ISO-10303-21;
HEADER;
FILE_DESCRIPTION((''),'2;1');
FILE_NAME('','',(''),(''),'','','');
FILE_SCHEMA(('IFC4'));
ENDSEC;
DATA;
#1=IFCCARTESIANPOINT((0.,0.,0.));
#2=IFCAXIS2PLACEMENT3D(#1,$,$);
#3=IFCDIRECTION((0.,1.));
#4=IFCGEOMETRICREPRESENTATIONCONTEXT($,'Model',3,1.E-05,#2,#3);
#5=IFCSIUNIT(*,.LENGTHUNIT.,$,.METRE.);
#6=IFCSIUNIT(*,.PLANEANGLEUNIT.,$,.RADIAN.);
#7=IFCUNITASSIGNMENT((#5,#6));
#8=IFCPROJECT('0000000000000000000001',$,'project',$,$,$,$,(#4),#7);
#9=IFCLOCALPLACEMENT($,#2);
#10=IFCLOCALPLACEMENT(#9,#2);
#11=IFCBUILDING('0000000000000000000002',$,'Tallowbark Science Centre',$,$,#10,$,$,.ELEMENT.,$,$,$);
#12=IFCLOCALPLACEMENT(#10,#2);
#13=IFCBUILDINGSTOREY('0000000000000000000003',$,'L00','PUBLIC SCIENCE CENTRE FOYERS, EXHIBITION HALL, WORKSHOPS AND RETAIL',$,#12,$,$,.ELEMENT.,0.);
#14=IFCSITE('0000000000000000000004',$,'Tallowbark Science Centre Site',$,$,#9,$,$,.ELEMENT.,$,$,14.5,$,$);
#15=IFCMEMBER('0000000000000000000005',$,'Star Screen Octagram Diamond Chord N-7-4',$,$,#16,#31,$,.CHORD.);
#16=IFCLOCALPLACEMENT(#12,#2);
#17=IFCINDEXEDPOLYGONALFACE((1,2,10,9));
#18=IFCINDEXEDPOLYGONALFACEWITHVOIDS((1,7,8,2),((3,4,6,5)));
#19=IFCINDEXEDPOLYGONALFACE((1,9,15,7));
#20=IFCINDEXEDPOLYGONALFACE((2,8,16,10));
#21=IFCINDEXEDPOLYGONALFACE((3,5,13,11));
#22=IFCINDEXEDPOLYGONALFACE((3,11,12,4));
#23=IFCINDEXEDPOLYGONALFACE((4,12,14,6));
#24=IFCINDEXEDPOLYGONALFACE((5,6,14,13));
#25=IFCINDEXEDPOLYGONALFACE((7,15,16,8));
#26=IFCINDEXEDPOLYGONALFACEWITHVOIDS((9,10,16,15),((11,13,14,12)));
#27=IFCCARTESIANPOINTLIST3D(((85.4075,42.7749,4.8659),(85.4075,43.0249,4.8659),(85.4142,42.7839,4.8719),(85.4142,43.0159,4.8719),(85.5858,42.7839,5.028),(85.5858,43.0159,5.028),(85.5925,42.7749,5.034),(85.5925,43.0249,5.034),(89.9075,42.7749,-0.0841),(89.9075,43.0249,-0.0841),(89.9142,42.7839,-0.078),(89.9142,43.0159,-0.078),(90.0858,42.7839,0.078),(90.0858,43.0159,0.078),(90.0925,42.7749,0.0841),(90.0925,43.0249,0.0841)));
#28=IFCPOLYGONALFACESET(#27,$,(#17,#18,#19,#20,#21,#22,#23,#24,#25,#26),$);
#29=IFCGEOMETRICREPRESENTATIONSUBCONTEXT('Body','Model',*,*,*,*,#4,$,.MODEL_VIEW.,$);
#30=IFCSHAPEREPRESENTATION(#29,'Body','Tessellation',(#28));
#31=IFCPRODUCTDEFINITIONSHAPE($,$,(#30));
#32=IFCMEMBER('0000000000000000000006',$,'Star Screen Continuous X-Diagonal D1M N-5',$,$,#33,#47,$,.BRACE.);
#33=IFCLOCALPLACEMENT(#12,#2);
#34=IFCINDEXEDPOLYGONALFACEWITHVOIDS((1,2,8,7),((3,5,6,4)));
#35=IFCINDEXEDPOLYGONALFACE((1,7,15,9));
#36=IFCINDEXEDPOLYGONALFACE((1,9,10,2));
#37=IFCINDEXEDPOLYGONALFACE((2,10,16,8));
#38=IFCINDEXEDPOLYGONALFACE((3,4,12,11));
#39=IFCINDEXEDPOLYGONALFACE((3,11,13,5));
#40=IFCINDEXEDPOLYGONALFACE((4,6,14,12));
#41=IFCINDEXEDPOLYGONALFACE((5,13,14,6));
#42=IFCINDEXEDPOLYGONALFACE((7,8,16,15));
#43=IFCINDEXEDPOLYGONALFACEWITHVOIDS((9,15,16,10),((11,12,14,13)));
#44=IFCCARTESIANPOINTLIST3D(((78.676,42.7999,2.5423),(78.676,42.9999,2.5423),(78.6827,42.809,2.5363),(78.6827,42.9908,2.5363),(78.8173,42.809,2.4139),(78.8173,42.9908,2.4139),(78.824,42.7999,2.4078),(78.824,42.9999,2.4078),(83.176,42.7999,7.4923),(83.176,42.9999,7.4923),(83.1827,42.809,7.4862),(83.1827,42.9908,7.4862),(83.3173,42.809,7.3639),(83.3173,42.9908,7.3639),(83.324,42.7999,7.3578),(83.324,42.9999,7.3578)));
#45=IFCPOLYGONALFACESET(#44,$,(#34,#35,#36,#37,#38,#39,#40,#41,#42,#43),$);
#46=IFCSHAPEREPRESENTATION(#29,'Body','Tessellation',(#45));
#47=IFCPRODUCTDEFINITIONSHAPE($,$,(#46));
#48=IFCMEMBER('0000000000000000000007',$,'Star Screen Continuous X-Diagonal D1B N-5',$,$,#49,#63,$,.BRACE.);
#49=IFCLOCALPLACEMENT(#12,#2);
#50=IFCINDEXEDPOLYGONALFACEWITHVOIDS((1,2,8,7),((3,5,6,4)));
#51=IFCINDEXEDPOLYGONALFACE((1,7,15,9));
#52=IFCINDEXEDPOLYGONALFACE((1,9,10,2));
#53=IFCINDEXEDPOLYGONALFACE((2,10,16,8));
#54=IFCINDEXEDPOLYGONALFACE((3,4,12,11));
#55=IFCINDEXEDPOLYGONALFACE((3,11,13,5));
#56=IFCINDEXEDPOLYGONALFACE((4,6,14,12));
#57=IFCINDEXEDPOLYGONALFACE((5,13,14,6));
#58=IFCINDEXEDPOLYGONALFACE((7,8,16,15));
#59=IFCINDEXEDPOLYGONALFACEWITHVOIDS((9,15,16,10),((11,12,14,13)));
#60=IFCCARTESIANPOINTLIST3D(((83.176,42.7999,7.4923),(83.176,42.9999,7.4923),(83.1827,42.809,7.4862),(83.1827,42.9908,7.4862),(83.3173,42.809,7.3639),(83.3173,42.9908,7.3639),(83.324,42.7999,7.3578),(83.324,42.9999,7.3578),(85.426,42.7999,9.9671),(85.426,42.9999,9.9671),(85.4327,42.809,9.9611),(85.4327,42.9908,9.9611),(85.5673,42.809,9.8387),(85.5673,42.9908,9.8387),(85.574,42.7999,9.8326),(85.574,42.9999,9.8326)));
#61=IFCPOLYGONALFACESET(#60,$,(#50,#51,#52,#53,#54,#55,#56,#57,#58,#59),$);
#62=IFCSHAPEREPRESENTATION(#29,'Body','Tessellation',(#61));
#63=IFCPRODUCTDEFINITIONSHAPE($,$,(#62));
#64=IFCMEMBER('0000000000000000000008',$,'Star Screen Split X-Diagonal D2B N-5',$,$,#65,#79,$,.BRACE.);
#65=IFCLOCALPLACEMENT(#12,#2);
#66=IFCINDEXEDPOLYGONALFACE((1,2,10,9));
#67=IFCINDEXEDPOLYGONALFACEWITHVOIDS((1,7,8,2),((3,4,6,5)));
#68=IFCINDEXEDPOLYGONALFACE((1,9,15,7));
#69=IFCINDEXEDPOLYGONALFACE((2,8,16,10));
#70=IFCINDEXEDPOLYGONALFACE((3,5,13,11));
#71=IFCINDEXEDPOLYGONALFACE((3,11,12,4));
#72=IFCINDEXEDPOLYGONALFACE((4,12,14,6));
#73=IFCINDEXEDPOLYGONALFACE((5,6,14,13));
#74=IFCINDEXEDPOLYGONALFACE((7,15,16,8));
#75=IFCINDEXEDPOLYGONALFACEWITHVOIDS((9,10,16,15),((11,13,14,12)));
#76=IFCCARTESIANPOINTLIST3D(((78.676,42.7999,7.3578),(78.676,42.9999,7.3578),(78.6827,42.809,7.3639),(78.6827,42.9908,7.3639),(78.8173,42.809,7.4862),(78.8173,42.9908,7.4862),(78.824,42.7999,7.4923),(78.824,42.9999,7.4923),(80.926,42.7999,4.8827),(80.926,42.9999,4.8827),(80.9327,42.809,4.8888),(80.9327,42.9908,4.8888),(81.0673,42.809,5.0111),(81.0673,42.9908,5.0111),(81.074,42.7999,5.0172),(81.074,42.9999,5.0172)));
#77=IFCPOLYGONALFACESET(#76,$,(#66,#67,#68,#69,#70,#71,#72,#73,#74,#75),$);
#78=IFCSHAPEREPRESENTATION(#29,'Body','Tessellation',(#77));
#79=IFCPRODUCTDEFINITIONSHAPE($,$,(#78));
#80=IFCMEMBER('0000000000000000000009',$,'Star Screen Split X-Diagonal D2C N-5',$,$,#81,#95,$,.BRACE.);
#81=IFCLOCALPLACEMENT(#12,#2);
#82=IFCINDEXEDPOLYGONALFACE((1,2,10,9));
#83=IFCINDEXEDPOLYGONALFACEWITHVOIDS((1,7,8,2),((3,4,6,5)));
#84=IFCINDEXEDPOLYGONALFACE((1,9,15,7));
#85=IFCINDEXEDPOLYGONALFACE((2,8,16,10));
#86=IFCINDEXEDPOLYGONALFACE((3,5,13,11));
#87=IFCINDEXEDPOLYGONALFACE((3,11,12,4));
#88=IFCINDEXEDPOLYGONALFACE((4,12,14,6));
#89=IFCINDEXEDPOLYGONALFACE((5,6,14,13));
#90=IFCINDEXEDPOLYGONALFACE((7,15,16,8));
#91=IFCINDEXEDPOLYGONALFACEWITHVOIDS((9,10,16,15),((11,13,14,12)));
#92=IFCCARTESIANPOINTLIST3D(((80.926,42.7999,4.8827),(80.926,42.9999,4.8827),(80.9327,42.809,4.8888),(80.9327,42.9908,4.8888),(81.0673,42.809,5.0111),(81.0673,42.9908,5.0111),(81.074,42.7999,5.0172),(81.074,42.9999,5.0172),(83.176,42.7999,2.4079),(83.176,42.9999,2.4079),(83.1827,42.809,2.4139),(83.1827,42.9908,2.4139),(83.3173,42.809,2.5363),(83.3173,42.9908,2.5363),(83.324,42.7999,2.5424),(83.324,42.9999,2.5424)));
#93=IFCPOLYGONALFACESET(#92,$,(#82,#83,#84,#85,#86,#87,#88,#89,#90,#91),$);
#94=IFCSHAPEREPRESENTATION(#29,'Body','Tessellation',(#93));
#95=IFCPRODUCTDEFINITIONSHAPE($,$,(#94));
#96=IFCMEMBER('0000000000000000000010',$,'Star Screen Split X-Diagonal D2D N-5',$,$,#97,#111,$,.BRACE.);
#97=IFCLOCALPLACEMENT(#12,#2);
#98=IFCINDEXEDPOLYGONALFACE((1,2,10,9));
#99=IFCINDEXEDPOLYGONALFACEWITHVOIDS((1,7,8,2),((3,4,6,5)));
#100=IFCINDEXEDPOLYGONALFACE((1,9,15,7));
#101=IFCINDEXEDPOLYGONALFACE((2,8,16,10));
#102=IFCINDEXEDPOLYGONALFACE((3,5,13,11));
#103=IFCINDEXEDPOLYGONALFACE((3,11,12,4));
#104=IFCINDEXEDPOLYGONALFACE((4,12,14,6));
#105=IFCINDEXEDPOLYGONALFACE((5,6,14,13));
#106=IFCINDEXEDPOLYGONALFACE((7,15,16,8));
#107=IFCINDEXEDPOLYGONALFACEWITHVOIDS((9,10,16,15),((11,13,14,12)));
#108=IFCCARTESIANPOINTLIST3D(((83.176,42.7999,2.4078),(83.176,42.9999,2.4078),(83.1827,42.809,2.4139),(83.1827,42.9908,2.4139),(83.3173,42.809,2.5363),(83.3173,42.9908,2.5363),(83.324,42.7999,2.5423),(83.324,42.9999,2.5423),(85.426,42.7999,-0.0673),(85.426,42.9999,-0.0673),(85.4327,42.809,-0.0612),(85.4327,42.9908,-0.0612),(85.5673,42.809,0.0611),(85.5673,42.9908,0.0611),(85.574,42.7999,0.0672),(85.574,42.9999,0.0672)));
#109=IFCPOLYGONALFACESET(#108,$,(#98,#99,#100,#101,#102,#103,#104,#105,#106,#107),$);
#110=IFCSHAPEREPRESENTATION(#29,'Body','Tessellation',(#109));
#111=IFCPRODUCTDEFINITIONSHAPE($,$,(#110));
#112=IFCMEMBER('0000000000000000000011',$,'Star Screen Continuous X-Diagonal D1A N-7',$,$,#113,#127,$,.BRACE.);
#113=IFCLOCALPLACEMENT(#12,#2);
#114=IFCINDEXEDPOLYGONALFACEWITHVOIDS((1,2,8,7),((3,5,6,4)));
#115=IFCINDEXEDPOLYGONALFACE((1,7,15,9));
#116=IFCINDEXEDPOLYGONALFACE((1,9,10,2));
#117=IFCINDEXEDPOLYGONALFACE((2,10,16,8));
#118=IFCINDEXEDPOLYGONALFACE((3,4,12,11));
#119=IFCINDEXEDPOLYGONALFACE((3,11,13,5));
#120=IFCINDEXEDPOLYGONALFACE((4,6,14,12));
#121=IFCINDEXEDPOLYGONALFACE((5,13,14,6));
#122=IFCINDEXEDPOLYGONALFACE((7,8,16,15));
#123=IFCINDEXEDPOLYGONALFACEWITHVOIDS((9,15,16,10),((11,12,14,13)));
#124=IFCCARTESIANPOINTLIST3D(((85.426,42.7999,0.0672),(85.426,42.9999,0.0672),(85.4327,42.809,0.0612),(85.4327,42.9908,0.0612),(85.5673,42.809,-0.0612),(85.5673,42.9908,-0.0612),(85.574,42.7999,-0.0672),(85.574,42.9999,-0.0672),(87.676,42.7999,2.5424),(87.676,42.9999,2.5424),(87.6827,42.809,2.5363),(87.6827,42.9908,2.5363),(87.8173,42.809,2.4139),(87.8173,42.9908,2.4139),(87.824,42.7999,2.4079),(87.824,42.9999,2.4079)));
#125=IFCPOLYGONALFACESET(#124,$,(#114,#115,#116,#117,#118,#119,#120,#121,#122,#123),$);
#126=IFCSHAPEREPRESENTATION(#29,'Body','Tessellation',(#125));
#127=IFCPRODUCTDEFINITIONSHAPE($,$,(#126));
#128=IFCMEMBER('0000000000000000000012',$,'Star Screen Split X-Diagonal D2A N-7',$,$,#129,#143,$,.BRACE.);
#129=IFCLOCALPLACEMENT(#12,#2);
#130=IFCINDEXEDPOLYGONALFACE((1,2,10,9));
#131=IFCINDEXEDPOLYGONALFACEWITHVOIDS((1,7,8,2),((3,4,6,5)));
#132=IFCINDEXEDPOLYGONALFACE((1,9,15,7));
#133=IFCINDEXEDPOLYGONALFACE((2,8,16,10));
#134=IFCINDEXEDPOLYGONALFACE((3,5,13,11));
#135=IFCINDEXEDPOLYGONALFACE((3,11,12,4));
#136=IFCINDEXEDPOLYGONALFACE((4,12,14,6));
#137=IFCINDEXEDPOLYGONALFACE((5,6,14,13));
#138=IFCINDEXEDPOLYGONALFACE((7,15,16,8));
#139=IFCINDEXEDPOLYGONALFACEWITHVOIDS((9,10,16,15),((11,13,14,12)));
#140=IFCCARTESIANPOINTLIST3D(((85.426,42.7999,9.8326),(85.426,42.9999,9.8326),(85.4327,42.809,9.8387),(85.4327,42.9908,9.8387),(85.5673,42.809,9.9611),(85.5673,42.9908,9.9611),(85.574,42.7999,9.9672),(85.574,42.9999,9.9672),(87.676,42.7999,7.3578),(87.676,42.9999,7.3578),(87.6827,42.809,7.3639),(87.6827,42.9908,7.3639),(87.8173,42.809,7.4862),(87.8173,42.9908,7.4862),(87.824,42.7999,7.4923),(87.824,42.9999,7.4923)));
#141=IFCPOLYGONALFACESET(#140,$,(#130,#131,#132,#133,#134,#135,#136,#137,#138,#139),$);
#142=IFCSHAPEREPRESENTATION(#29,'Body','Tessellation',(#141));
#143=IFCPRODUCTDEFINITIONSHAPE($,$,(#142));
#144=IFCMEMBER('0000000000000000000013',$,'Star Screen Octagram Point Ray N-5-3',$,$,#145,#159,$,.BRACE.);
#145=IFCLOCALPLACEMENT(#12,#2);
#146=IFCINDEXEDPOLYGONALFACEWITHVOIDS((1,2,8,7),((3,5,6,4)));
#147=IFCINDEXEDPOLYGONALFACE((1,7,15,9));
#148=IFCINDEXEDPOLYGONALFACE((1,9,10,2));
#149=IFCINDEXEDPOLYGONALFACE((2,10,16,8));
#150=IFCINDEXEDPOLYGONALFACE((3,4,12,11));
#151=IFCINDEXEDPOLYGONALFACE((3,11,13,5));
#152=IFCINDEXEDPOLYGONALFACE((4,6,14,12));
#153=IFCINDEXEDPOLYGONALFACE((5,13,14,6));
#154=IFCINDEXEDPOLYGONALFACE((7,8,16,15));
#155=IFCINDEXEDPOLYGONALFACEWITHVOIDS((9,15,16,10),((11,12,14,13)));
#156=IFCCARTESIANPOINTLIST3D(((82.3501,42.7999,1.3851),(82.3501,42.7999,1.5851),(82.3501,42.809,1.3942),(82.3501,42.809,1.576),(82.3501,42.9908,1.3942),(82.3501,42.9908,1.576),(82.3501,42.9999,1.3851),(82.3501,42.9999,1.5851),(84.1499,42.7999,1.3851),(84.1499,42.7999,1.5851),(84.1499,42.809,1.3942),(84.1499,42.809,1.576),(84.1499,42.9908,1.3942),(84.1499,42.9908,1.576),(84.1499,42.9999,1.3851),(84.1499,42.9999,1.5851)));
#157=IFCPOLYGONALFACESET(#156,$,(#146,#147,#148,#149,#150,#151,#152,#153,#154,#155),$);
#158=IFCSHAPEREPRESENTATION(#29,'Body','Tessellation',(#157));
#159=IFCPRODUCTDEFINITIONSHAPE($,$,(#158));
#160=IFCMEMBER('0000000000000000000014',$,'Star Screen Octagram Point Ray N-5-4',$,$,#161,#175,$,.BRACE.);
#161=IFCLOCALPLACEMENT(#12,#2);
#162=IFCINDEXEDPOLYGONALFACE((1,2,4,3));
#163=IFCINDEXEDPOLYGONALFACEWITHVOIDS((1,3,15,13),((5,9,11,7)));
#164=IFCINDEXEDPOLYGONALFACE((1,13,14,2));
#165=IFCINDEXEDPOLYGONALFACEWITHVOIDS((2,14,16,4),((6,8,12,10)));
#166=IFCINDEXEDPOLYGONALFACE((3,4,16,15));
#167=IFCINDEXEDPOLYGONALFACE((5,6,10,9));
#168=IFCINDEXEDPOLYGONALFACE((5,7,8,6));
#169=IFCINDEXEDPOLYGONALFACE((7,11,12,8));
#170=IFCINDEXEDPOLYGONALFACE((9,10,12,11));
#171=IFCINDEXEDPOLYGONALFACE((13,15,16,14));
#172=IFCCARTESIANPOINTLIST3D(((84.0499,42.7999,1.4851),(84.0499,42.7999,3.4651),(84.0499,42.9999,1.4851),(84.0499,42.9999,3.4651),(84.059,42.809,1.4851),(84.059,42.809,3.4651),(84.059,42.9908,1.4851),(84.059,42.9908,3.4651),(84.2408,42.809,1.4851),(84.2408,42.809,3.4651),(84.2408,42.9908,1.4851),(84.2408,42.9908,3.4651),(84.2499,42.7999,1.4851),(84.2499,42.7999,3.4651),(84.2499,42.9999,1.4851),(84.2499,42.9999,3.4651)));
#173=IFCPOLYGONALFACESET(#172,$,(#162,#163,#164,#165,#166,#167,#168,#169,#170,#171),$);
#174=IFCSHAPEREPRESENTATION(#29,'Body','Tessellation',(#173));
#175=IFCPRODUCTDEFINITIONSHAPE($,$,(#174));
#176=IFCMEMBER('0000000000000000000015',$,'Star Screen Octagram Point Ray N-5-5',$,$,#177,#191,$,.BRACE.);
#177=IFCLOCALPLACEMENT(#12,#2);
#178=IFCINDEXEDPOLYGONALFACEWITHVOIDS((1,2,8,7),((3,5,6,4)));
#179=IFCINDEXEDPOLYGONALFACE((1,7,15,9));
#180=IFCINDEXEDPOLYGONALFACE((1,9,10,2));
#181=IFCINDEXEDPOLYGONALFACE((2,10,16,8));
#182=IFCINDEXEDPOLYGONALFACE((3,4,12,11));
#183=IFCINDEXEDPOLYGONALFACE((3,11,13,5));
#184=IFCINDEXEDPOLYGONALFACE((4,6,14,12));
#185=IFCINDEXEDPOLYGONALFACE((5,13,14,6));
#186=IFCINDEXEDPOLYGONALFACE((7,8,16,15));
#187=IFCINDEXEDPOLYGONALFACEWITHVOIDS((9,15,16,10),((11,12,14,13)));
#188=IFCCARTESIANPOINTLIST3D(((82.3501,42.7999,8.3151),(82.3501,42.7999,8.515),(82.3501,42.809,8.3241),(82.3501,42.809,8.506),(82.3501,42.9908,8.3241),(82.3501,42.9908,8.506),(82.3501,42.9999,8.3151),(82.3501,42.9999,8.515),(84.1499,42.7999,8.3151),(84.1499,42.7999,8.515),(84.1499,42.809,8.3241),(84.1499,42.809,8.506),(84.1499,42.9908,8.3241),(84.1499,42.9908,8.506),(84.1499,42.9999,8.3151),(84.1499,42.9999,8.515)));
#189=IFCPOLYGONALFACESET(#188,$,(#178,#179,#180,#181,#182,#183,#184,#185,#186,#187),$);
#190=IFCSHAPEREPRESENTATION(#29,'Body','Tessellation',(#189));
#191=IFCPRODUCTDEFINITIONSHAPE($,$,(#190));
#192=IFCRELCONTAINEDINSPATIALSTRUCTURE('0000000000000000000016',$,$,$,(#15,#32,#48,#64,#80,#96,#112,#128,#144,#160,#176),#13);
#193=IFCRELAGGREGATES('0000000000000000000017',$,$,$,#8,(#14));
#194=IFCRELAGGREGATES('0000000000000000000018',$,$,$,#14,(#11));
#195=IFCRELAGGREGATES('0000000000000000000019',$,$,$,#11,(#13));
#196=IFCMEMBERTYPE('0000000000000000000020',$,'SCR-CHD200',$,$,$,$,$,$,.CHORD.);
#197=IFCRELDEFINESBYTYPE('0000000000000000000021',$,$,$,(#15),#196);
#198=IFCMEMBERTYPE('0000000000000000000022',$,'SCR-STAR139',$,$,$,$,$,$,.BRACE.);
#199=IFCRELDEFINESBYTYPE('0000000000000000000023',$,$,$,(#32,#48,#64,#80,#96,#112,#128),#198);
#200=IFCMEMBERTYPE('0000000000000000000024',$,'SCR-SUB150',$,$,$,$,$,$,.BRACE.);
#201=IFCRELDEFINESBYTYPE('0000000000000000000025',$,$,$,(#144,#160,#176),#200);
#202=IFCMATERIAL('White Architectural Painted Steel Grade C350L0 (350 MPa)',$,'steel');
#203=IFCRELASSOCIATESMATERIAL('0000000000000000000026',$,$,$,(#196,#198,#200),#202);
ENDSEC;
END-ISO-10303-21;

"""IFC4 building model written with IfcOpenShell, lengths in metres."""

from ifc_helpers import new_model, si_unit, direction, frame, origin, origin_2d, place, context, subcontext, project, spatial, hollow_rectangle, extrude, material, material_profile, profile_set, type_object, element, save


model = new_model("IFC4")

# Units and contexts
model_context = context("Model", 3, precision=1e-05, world=origin(), true_north=direction((0.0, 1.0)))
body_context = subcontext(model_context, "Body", "Model", "MODEL_VIEW")
ifc_project = project(units=[si_unit("LENGTHUNIT", "METRE"), si_unit("PLANEANGLEUNIT", "RADIAN")], contexts=[model_context])

# Site, building, storey
site_placement = place(None, origin())
site = spatial("IfcSite", under=ifc_project, at=site_placement, Name="Tallowbark Science Centre Site", CompositionType="ELEMENT", RefElevation=14.5)
building_placement = place(site_placement, origin())
building = spatial("IfcBuilding", under=site, at=building_placement, Name="Tallowbark Science Centre", CompositionType="ELEMENT")
storey_placement = place(building_placement, origin())
storey = spatial("IfcBuildingStorey", under=building, at=storey_placement, Name="L00", Description="PUBLIC SCIENCE CENTRE FOYERS, EXHIBITION HALL, WORKSHOPS AND RETAIL", CompositionType="ELEMENT", Elevation=0.0)

# Shared definitions
ifc_material_1 = material(Name="White Architectural Painted Steel Grade C350L0 (350 MPa)", Category="steel")

# Members
ifc_material_profile_1 = material_profile(ifc_material_1, hollow_rectangle(XDim=0.25, YDim=0.25, WallThickness=0.009, at=origin_2d()), Name="250x250x9.0SHS")
ifc_profile_set_1 = profile_set([ifc_material_profile_1], Name="White Architectural Painted Steel Grade C350L0 (350 MPa)")
member_type_1 = type_object("IfcMemberType", Name="SCR-CHD200", PredefinedType="CHORD", material=ifc_profile_set_1)
member_1_placement = place(storey_placement, frame((85.5, 42.8999, 4.95), z_axis=(0.672676, 0.0, -0.739937), x_axis=(0.0, 1.0, 0.0)))
element("IfcMember", 1, at=member_1_placement, inside=storey, type_object=member_type_1, Name="Star Screen Octagram Diamond Chord N-7-4", PredefinedType="CHORD", context=body_context, shape_type="SweptSolid", body=[
    extrude(hollow_rectangle(XDim=0.25, YDim=0.25, WallThickness=0.009, at=origin_2d()), origin(), (0.0, 0.0, 1.0), 6.6897),
])
ifc_material_profile_2 = material_profile(ifc_material_1, hollow_rectangle(XDim=0.2, YDim=0.2, WallThickness=0.009, at=origin_2d()), Name="200x200x9.0SHS")
ifc_profile_set_2 = profile_set([ifc_material_profile_2], Name="White Architectural Painted Steel Grade C350L0 (350 MPa)")
member_type_2 = type_object("IfcMemberType", Name="SCR-STAR139", PredefinedType="BRACE", material=ifc_profile_set_2)
member_2_placement = place(storey_placement, frame((78.75, 42.8999, 2.4751), z_axis=(0.672676, 0.0, 0.739937), x_axis=(0.0, 1.0, 0.0)))
element("IfcMember", 2, at=member_2_placement, inside=storey, type_object=member_type_2, Name="Star Screen Continuous X-Diagonal D1M N-5", PredefinedType="BRACE", context=body_context, shape_type="SweptSolid", body=[
    extrude(hollow_rectangle(XDim=0.2, YDim=0.2, WallThickness=0.009, at=origin_2d()), origin(), (0.0, 0.0, 1.0), 6.6897),
])
member_3_placement = place(storey_placement, frame((83.25, 42.8999, 7.425), z_axis=(0.672695, 0.0, 0.73992), x_axis=(0.0, 1.0, 0.0)))
element("IfcMember", 3, at=member_3_placement, inside=storey, type_object=member_type_2, Name="Star Screen Continuous X-Diagonal D1B N-5", PredefinedType="BRACE", context=body_context, shape_type="SweptSolid", body=[
    extrude(hollow_rectangle(XDim=0.2, YDim=0.2, WallThickness=0.009, at=origin_2d()), origin(), (0.0, 0.0, 1.0), 3.3447),
])
member_4_placement = place(storey_placement, frame((78.75, 42.8999, 7.425), z_axis=(0.672658, 0.0, -0.739953), x_axis=(0.0, 1.0, 0.0)))
element("IfcMember", 4, at=member_4_placement, inside=storey, type_object=member_type_2, Name="Star Screen Split X-Diagonal D2B N-5", PredefinedType="BRACE", context=body_context, shape_type="SweptSolid", body=[
    extrude(hollow_rectangle(XDim=0.2, YDim=0.2, WallThickness=0.009, at=origin_2d()), origin(), (0.0, 0.0, 1.0), 3.345),
])
member_5_placement = place(storey_placement, frame((81.0, 42.8999, 4.95), z_axis=(0.672695, 0.0, -0.73992), x_axis=(0.0, 1.0, 0.0)))
element("IfcMember", 5, at=member_5_placement, inside=storey, type_object=member_type_2, Name="Star Screen Split X-Diagonal D2C N-5", PredefinedType="BRACE", context=body_context, shape_type="SweptSolid", body=[
    extrude(hollow_rectangle(XDim=0.2, YDim=0.2, WallThickness=0.009, at=origin_2d()), origin(), (0.0, 0.0, 1.0), 3.3447),
])
for number, where, z_axis, x_axis, name in (
    (6, (83.25, 42.8999, 2.4751), (0.672658, 0.0, -0.739953), (0.0, 1.0, 0.0), "Star Screen Split X-Diagonal D2D N-5"),
    (7, (85.5, 42.8999, 0.0), (0.672658, 0.0, 0.739953), (0.0, 1.0, 0.0), "Star Screen Continuous X-Diagonal D1A N-7"),
):
    element("IfcMember", number, at=place(storey_placement, frame(where, z_axis=z_axis, x_axis=x_axis)), inside=storey, type_object=member_type_2, Name=name, PredefinedType="BRACE", context=body_context, shape_type="SweptSolid", body=[
        extrude(hollow_rectangle(XDim=0.2, YDim=0.2, WallThickness=0.009, at=origin_2d()), origin(), (0.0, 0.0, 1.0), 3.345),
    ])
member_6_placement = place(storey_placement, frame((85.5, 42.8999, 9.8999), z_axis=(0.672695, 0.0, -0.73992), x_axis=(0.0, 1.0, 0.0)))
element("IfcMember", 8, at=member_6_placement, inside=storey, type_object=member_type_2, Name="Star Screen Split X-Diagonal D2A N-7", PredefinedType="BRACE", context=body_context, shape_type="SweptSolid", body=[
    extrude(hollow_rectangle(XDim=0.2, YDim=0.2, WallThickness=0.009, at=origin_2d()), origin(), (0.0, 0.0, 1.0), 3.3447),
])
ifc_material_profile_3 = material_profile(ifc_material_1, hollow_rectangle(XDim=0.2, YDim=0.2, WallThickness=0.009, at=origin_2d()), Name="200x200x9.0SHS")
ifc_profile_set_3 = profile_set([ifc_material_profile_3], Name="White Architectural Painted Steel Grade C350L0 (350 MPa)")
member_type_3 = type_object("IfcMemberType", Name="SCR-SUB150", PredefinedType="BRACE", material=ifc_profile_set_3)
member_7_placement = place(storey_placement, frame((84.1499, 42.8999, 1.4851), z_axis=(-1.0, 0.0, 0.0), x_axis=(0.0, -1.0, 0.0)))
element("IfcMember", 9, at=member_7_placement, inside=storey, type_object=member_type_3, Name="Star Screen Octagram Point Ray N-5-3", PredefinedType="BRACE", context=body_context, shape_type="SweptSolid", body=[
    extrude(hollow_rectangle(XDim=0.2, YDim=0.2, WallThickness=0.009, at=origin_2d()), origin(), (0.0, 0.0, 1.0), 1.7998),
])
member_8_placement = place(storey_placement, frame((84.1499, 42.8999, 1.4851), z_axis=(0.0, 0.0, 1.0), x_axis=(1.0, 0.0, 0.0)))
element("IfcMember", 10, at=member_8_placement, inside=storey, type_object=member_type_3, Name="Star Screen Octagram Point Ray N-5-4", PredefinedType="BRACE", context=body_context, shape_type="SweptSolid", body=[
    extrude(hollow_rectangle(XDim=0.2, YDim=0.2, WallThickness=0.009, at=origin_2d()), origin(), (0.0, 0.0, 1.0), 1.98),
])
member_9_placement = place(storey_placement, frame((84.1499, 42.8999, 8.415), z_axis=(-1.0, 0.0, 0.0), x_axis=(0.0, -1.0, 0.0)))
element("IfcMember", 11, at=member_9_placement, inside=storey, type_object=member_type_3, Name="Star Screen Octagram Point Ray N-5-5", PredefinedType="BRACE", context=body_context, shape_type="SweptSolid", body=[
    extrude(hollow_rectangle(XDim=0.2, YDim=0.2, WallThickness=0.009, at=origin_2d()), origin(), (0.0, 0.0, 1.0), 1.7998),
])

save(model, "model.ifc")
